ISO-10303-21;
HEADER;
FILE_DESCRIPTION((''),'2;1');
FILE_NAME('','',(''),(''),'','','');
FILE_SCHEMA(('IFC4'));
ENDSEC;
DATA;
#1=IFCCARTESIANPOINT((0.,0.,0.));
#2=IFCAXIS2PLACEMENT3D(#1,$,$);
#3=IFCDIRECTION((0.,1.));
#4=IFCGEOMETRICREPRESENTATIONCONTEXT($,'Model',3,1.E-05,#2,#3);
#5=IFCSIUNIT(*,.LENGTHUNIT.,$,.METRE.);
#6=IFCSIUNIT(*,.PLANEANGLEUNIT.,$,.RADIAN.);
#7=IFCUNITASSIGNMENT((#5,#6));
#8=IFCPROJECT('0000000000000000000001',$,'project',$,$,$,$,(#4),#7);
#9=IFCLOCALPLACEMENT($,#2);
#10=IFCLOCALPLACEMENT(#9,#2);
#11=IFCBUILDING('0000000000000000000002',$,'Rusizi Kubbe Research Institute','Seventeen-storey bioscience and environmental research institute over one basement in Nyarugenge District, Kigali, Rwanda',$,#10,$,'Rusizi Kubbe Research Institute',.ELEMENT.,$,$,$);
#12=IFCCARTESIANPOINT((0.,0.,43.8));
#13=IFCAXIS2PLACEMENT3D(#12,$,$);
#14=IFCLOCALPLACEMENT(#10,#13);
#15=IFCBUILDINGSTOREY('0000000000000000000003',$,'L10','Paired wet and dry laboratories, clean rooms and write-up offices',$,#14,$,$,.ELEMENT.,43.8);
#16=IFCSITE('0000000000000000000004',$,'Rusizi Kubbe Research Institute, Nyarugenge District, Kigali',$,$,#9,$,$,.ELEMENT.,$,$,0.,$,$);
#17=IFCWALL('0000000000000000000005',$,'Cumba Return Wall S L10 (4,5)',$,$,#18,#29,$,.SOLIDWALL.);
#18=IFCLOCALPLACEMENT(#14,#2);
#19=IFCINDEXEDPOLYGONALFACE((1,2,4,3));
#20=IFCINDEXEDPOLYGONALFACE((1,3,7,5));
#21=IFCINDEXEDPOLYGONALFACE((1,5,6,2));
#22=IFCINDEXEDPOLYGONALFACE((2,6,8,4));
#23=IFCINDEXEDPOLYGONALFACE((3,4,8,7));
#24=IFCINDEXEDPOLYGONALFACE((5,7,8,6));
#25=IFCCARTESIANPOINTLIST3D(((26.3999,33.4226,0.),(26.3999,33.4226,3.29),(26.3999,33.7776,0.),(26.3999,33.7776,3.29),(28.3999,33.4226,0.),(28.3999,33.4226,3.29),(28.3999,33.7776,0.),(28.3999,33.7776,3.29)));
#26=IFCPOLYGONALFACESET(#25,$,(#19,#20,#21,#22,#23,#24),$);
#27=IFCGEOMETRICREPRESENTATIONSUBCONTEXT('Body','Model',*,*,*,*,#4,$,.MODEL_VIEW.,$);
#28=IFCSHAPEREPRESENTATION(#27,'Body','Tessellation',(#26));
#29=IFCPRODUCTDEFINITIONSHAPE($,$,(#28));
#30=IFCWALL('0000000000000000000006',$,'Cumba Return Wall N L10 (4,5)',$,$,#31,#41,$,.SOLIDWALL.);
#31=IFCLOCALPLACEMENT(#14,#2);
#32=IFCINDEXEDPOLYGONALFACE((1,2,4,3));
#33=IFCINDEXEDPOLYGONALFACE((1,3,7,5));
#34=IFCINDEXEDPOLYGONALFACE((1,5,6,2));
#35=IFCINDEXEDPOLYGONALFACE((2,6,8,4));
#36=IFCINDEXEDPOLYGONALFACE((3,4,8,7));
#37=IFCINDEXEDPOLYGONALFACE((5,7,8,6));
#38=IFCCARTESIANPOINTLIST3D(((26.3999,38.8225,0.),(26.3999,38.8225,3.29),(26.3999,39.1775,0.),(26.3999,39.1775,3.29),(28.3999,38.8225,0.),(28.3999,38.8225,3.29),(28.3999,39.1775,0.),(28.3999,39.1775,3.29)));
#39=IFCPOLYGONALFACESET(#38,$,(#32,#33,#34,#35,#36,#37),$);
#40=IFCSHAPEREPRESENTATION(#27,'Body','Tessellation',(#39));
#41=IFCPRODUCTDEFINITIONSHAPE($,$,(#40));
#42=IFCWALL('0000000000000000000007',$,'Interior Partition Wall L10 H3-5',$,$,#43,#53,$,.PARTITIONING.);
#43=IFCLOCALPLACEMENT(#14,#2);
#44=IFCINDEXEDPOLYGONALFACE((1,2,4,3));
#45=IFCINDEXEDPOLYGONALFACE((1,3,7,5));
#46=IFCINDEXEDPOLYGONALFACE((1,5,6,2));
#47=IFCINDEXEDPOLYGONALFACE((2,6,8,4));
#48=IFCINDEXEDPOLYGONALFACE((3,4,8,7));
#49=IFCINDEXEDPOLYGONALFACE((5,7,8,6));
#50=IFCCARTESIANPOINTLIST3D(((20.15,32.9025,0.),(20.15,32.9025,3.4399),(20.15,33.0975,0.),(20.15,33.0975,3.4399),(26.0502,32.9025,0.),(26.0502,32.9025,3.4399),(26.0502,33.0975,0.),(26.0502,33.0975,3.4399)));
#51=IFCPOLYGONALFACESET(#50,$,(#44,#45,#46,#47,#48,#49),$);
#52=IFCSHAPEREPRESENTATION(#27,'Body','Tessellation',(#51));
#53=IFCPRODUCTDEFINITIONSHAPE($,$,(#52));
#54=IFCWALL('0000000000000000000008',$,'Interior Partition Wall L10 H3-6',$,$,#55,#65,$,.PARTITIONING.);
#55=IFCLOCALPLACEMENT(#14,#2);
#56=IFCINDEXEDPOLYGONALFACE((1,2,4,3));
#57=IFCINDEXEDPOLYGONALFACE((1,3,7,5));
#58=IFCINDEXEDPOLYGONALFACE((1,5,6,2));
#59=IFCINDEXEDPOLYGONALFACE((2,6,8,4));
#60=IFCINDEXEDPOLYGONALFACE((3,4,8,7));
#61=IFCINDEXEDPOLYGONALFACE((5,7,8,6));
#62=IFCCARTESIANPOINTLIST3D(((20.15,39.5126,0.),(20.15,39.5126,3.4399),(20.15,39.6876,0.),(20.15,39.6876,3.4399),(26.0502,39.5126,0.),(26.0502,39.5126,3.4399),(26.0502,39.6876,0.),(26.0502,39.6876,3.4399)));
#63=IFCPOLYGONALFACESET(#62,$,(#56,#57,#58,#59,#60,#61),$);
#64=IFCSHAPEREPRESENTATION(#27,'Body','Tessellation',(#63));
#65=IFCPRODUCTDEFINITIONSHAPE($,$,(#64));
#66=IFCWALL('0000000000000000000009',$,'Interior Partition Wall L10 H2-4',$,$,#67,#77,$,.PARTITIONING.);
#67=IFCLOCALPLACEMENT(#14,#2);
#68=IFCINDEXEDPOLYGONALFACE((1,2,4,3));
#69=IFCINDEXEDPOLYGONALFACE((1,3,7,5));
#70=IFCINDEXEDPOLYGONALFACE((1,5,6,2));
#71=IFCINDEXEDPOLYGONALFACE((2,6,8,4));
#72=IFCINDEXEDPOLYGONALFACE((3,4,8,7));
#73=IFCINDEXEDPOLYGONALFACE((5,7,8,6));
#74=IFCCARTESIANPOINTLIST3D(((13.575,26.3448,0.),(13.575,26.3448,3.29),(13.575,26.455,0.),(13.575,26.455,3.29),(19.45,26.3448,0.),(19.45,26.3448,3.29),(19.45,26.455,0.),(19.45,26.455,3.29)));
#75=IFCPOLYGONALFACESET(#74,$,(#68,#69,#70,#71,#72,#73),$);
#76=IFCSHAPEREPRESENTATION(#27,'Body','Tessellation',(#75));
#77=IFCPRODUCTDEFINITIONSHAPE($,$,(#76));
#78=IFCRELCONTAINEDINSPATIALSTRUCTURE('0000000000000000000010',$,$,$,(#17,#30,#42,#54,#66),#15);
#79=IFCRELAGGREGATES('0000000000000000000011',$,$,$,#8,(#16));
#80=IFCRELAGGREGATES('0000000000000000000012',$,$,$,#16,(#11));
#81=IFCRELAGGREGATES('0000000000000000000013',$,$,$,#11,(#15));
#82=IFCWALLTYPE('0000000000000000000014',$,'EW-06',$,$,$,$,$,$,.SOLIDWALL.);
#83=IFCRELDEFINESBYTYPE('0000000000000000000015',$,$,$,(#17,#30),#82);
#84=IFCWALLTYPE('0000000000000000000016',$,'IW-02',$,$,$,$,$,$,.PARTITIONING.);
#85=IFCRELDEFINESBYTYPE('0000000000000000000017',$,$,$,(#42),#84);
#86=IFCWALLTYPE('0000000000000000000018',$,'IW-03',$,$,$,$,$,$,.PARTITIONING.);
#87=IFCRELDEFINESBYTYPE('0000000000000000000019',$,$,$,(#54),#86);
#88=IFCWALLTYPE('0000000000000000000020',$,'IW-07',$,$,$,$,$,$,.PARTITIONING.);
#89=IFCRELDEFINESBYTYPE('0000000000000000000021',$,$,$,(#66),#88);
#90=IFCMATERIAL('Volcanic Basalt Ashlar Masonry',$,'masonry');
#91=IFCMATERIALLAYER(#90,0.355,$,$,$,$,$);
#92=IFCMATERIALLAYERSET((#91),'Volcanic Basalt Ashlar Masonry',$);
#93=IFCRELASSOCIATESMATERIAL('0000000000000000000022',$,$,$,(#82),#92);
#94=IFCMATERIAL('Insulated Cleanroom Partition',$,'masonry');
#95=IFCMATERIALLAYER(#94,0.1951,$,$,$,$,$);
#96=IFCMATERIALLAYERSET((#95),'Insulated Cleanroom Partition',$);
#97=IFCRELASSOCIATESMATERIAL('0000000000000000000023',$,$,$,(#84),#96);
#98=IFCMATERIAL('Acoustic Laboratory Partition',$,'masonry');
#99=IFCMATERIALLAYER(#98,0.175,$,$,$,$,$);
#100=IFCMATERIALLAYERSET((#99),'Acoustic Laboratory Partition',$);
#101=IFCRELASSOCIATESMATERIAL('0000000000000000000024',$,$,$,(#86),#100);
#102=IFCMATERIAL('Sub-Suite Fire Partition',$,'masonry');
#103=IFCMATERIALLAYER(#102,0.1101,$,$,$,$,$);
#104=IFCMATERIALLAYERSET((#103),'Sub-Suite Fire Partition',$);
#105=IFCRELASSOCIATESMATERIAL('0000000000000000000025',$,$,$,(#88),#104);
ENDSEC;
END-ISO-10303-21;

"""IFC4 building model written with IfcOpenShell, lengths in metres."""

from ifc_helpers import new_model, si_unit, direction, frame, frame_2d, origin, place, context, subcontext, project, spatial, rectangle, extrude, material, layer, layer_set, type_object, element, save


model = new_model("IFC4")

# Units and contexts
model_context = context("Model", 3, precision=1e-05, world=origin(), true_north=direction((0.0, 1.0)))
body_context = subcontext(model_context, "Body", "Model", "MODEL_VIEW")
ifc_project = project(units=[si_unit("LENGTHUNIT", "METRE"), si_unit("PLANEANGLEUNIT", "RADIAN")], contexts=[model_context])

# Site, building, storey
site_placement = place(None, origin())
site = spatial("IfcSite", under=ifc_project, at=site_placement, Name="Rusizi Kubbe Research Institute, Nyarugenge District, Kigali", CompositionType="ELEMENT", RefElevation=0.0)
building_placement = place(site_placement, origin())
building = spatial("IfcBuilding", under=site, at=building_placement, Name="Rusizi Kubbe Research Institute", Description="Seventeen-storey bioscience and environmental research institute over one basement in Nyarugenge District, Kigali, Rwanda", LongName="Rusizi Kubbe Research Institute", CompositionType="ELEMENT")
storey_placement = place(building_placement, frame((0.0, 0.0, 43.8)))
storey = spatial("IfcBuildingStorey", under=building, at=storey_placement, Name="L10", Description="Paired wet and dry laboratories, clean rooms and write-up offices", CompositionType="ELEMENT", Elevation=43.8)

# Walls
ifc_material_1 = material(Name="Volcanic Basalt Ashlar Masonry", Category="masonry")
ifc_layer_1 = layer(ifc_material_1, 0.355)
ifc_layer_set_1 = layer_set([ifc_layer_1], Name="Volcanic Basalt Ashlar Masonry")
wall_type_1 = type_object("IfcWallType", Name="EW-06", PredefinedType="SOLIDWALL", material=ifc_layer_set_1)
for number, where, z_axis, x_axis, name in (
    (1, (26.3999, 33.6001, 0.0), (0.0, 0.0, 1.0), (1.0, 0.0, 0.0), "Cumba Return Wall S L10 (4,5)"),
    (2, (26.3999, 39.0, 0.0), (0.0, 0.0, 1.0), (1.0, 0.0, 0.0), "Cumba Return Wall N L10 (4,5)"),
):
    element("IfcWall", number, at=place(storey_placement, frame(where, z_axis=z_axis, x_axis=x_axis)), inside=storey, type_object=wall_type_1, Name=name, PredefinedType="SOLIDWALL", context=body_context, shape_type="SweptSolid", body=[
        extrude(rectangle(XDim=2.0, YDim=0.355, at=frame_2d((1.0, 0.0))), origin(), (0.0, 0.0, 1.0), 3.29),
    ])
ifc_material_2 = material(Name="Insulated Cleanroom Partition", Category="masonry")
ifc_layer_2 = layer(ifc_material_2, 0.1951)
ifc_layer_set_2 = layer_set([ifc_layer_2], Name="Insulated Cleanroom Partition")
wall_type_2 = type_object("IfcWallType", Name="IW-02", PredefinedType="PARTITIONING", material=ifc_layer_set_2)
wall_1_placement = place(storey_placement, frame((20.1499, 33.0, 0.0), z_axis=(0.0, 0.0, 1.0), x_axis=(1.0, 0.0, 0.0)))
element("IfcWall", 3, at=wall_1_placement, inside=storey, type_object=wall_type_2, Name="Interior Partition Wall L10 H3-5", PredefinedType="PARTITIONING", context=body_context, shape_type="SweptSolid", body=[
    extrude(rectangle(XDim=5.9001, YDim=0.1951, at=frame_2d((2.9502, 0.0))), origin(), (0.0, 0.0, 1.0), 3.4399),
])
ifc_material_3 = material(Name="Acoustic Laboratory Partition", Category="masonry")
ifc_layer_3 = layer(ifc_material_3, 0.175)
ifc_layer_set_3 = layer_set([ifc_layer_3], Name="Acoustic Laboratory Partition")
wall_type_3 = type_object("IfcWallType", Name="IW-03", PredefinedType="PARTITIONING", material=ifc_layer_set_3)
wall_2_placement = place(storey_placement, frame((20.1499, 39.6001, 0.0), z_axis=(0.0, 0.0, 1.0), x_axis=(1.0, 0.0, 0.0)))
element("IfcWall", 4, at=wall_2_placement, inside=storey, type_object=wall_type_3, Name="Interior Partition Wall L10 H3-6", PredefinedType="PARTITIONING", context=body_context, shape_type="SweptSolid", body=[
    extrude(rectangle(XDim=5.9001, YDim=0.175, at=frame_2d((2.9502, 0.0))), origin(), (0.0, 0.0, 1.0), 3.4399),
])
ifc_material_4 = material(Name="Sub-Suite Fire Partition", Category="masonry")
ifc_layer_4 = layer(ifc_material_4, 0.1101)
ifc_layer_set_4 = layer_set([ifc_layer_4], Name="Sub-Suite Fire Partition")
wall_type_4 = type_object("IfcWallType", Name="IW-07", PredefinedType="PARTITIONING", material=ifc_layer_set_4)
wall_3_placement = place(storey_placement, frame((13.575, 26.3999, 0.0), z_axis=(0.0, 0.0, 1.0), x_axis=(1.0, 0.0, 0.0)))
element("IfcWall", 5, at=wall_3_placement, inside=storey, type_object=wall_type_4, Name="Interior Partition Wall L10 H2-4", PredefinedType="PARTITIONING", context=body_context, shape_type="SweptSolid", body=[
    extrude(rectangle(XDim=5.875, YDim=0.1101, at=frame_2d((2.9375, 0.0))), origin(), (0.0, 0.0, 1.0), 3.29),
])

save(model, "model.ifc")
